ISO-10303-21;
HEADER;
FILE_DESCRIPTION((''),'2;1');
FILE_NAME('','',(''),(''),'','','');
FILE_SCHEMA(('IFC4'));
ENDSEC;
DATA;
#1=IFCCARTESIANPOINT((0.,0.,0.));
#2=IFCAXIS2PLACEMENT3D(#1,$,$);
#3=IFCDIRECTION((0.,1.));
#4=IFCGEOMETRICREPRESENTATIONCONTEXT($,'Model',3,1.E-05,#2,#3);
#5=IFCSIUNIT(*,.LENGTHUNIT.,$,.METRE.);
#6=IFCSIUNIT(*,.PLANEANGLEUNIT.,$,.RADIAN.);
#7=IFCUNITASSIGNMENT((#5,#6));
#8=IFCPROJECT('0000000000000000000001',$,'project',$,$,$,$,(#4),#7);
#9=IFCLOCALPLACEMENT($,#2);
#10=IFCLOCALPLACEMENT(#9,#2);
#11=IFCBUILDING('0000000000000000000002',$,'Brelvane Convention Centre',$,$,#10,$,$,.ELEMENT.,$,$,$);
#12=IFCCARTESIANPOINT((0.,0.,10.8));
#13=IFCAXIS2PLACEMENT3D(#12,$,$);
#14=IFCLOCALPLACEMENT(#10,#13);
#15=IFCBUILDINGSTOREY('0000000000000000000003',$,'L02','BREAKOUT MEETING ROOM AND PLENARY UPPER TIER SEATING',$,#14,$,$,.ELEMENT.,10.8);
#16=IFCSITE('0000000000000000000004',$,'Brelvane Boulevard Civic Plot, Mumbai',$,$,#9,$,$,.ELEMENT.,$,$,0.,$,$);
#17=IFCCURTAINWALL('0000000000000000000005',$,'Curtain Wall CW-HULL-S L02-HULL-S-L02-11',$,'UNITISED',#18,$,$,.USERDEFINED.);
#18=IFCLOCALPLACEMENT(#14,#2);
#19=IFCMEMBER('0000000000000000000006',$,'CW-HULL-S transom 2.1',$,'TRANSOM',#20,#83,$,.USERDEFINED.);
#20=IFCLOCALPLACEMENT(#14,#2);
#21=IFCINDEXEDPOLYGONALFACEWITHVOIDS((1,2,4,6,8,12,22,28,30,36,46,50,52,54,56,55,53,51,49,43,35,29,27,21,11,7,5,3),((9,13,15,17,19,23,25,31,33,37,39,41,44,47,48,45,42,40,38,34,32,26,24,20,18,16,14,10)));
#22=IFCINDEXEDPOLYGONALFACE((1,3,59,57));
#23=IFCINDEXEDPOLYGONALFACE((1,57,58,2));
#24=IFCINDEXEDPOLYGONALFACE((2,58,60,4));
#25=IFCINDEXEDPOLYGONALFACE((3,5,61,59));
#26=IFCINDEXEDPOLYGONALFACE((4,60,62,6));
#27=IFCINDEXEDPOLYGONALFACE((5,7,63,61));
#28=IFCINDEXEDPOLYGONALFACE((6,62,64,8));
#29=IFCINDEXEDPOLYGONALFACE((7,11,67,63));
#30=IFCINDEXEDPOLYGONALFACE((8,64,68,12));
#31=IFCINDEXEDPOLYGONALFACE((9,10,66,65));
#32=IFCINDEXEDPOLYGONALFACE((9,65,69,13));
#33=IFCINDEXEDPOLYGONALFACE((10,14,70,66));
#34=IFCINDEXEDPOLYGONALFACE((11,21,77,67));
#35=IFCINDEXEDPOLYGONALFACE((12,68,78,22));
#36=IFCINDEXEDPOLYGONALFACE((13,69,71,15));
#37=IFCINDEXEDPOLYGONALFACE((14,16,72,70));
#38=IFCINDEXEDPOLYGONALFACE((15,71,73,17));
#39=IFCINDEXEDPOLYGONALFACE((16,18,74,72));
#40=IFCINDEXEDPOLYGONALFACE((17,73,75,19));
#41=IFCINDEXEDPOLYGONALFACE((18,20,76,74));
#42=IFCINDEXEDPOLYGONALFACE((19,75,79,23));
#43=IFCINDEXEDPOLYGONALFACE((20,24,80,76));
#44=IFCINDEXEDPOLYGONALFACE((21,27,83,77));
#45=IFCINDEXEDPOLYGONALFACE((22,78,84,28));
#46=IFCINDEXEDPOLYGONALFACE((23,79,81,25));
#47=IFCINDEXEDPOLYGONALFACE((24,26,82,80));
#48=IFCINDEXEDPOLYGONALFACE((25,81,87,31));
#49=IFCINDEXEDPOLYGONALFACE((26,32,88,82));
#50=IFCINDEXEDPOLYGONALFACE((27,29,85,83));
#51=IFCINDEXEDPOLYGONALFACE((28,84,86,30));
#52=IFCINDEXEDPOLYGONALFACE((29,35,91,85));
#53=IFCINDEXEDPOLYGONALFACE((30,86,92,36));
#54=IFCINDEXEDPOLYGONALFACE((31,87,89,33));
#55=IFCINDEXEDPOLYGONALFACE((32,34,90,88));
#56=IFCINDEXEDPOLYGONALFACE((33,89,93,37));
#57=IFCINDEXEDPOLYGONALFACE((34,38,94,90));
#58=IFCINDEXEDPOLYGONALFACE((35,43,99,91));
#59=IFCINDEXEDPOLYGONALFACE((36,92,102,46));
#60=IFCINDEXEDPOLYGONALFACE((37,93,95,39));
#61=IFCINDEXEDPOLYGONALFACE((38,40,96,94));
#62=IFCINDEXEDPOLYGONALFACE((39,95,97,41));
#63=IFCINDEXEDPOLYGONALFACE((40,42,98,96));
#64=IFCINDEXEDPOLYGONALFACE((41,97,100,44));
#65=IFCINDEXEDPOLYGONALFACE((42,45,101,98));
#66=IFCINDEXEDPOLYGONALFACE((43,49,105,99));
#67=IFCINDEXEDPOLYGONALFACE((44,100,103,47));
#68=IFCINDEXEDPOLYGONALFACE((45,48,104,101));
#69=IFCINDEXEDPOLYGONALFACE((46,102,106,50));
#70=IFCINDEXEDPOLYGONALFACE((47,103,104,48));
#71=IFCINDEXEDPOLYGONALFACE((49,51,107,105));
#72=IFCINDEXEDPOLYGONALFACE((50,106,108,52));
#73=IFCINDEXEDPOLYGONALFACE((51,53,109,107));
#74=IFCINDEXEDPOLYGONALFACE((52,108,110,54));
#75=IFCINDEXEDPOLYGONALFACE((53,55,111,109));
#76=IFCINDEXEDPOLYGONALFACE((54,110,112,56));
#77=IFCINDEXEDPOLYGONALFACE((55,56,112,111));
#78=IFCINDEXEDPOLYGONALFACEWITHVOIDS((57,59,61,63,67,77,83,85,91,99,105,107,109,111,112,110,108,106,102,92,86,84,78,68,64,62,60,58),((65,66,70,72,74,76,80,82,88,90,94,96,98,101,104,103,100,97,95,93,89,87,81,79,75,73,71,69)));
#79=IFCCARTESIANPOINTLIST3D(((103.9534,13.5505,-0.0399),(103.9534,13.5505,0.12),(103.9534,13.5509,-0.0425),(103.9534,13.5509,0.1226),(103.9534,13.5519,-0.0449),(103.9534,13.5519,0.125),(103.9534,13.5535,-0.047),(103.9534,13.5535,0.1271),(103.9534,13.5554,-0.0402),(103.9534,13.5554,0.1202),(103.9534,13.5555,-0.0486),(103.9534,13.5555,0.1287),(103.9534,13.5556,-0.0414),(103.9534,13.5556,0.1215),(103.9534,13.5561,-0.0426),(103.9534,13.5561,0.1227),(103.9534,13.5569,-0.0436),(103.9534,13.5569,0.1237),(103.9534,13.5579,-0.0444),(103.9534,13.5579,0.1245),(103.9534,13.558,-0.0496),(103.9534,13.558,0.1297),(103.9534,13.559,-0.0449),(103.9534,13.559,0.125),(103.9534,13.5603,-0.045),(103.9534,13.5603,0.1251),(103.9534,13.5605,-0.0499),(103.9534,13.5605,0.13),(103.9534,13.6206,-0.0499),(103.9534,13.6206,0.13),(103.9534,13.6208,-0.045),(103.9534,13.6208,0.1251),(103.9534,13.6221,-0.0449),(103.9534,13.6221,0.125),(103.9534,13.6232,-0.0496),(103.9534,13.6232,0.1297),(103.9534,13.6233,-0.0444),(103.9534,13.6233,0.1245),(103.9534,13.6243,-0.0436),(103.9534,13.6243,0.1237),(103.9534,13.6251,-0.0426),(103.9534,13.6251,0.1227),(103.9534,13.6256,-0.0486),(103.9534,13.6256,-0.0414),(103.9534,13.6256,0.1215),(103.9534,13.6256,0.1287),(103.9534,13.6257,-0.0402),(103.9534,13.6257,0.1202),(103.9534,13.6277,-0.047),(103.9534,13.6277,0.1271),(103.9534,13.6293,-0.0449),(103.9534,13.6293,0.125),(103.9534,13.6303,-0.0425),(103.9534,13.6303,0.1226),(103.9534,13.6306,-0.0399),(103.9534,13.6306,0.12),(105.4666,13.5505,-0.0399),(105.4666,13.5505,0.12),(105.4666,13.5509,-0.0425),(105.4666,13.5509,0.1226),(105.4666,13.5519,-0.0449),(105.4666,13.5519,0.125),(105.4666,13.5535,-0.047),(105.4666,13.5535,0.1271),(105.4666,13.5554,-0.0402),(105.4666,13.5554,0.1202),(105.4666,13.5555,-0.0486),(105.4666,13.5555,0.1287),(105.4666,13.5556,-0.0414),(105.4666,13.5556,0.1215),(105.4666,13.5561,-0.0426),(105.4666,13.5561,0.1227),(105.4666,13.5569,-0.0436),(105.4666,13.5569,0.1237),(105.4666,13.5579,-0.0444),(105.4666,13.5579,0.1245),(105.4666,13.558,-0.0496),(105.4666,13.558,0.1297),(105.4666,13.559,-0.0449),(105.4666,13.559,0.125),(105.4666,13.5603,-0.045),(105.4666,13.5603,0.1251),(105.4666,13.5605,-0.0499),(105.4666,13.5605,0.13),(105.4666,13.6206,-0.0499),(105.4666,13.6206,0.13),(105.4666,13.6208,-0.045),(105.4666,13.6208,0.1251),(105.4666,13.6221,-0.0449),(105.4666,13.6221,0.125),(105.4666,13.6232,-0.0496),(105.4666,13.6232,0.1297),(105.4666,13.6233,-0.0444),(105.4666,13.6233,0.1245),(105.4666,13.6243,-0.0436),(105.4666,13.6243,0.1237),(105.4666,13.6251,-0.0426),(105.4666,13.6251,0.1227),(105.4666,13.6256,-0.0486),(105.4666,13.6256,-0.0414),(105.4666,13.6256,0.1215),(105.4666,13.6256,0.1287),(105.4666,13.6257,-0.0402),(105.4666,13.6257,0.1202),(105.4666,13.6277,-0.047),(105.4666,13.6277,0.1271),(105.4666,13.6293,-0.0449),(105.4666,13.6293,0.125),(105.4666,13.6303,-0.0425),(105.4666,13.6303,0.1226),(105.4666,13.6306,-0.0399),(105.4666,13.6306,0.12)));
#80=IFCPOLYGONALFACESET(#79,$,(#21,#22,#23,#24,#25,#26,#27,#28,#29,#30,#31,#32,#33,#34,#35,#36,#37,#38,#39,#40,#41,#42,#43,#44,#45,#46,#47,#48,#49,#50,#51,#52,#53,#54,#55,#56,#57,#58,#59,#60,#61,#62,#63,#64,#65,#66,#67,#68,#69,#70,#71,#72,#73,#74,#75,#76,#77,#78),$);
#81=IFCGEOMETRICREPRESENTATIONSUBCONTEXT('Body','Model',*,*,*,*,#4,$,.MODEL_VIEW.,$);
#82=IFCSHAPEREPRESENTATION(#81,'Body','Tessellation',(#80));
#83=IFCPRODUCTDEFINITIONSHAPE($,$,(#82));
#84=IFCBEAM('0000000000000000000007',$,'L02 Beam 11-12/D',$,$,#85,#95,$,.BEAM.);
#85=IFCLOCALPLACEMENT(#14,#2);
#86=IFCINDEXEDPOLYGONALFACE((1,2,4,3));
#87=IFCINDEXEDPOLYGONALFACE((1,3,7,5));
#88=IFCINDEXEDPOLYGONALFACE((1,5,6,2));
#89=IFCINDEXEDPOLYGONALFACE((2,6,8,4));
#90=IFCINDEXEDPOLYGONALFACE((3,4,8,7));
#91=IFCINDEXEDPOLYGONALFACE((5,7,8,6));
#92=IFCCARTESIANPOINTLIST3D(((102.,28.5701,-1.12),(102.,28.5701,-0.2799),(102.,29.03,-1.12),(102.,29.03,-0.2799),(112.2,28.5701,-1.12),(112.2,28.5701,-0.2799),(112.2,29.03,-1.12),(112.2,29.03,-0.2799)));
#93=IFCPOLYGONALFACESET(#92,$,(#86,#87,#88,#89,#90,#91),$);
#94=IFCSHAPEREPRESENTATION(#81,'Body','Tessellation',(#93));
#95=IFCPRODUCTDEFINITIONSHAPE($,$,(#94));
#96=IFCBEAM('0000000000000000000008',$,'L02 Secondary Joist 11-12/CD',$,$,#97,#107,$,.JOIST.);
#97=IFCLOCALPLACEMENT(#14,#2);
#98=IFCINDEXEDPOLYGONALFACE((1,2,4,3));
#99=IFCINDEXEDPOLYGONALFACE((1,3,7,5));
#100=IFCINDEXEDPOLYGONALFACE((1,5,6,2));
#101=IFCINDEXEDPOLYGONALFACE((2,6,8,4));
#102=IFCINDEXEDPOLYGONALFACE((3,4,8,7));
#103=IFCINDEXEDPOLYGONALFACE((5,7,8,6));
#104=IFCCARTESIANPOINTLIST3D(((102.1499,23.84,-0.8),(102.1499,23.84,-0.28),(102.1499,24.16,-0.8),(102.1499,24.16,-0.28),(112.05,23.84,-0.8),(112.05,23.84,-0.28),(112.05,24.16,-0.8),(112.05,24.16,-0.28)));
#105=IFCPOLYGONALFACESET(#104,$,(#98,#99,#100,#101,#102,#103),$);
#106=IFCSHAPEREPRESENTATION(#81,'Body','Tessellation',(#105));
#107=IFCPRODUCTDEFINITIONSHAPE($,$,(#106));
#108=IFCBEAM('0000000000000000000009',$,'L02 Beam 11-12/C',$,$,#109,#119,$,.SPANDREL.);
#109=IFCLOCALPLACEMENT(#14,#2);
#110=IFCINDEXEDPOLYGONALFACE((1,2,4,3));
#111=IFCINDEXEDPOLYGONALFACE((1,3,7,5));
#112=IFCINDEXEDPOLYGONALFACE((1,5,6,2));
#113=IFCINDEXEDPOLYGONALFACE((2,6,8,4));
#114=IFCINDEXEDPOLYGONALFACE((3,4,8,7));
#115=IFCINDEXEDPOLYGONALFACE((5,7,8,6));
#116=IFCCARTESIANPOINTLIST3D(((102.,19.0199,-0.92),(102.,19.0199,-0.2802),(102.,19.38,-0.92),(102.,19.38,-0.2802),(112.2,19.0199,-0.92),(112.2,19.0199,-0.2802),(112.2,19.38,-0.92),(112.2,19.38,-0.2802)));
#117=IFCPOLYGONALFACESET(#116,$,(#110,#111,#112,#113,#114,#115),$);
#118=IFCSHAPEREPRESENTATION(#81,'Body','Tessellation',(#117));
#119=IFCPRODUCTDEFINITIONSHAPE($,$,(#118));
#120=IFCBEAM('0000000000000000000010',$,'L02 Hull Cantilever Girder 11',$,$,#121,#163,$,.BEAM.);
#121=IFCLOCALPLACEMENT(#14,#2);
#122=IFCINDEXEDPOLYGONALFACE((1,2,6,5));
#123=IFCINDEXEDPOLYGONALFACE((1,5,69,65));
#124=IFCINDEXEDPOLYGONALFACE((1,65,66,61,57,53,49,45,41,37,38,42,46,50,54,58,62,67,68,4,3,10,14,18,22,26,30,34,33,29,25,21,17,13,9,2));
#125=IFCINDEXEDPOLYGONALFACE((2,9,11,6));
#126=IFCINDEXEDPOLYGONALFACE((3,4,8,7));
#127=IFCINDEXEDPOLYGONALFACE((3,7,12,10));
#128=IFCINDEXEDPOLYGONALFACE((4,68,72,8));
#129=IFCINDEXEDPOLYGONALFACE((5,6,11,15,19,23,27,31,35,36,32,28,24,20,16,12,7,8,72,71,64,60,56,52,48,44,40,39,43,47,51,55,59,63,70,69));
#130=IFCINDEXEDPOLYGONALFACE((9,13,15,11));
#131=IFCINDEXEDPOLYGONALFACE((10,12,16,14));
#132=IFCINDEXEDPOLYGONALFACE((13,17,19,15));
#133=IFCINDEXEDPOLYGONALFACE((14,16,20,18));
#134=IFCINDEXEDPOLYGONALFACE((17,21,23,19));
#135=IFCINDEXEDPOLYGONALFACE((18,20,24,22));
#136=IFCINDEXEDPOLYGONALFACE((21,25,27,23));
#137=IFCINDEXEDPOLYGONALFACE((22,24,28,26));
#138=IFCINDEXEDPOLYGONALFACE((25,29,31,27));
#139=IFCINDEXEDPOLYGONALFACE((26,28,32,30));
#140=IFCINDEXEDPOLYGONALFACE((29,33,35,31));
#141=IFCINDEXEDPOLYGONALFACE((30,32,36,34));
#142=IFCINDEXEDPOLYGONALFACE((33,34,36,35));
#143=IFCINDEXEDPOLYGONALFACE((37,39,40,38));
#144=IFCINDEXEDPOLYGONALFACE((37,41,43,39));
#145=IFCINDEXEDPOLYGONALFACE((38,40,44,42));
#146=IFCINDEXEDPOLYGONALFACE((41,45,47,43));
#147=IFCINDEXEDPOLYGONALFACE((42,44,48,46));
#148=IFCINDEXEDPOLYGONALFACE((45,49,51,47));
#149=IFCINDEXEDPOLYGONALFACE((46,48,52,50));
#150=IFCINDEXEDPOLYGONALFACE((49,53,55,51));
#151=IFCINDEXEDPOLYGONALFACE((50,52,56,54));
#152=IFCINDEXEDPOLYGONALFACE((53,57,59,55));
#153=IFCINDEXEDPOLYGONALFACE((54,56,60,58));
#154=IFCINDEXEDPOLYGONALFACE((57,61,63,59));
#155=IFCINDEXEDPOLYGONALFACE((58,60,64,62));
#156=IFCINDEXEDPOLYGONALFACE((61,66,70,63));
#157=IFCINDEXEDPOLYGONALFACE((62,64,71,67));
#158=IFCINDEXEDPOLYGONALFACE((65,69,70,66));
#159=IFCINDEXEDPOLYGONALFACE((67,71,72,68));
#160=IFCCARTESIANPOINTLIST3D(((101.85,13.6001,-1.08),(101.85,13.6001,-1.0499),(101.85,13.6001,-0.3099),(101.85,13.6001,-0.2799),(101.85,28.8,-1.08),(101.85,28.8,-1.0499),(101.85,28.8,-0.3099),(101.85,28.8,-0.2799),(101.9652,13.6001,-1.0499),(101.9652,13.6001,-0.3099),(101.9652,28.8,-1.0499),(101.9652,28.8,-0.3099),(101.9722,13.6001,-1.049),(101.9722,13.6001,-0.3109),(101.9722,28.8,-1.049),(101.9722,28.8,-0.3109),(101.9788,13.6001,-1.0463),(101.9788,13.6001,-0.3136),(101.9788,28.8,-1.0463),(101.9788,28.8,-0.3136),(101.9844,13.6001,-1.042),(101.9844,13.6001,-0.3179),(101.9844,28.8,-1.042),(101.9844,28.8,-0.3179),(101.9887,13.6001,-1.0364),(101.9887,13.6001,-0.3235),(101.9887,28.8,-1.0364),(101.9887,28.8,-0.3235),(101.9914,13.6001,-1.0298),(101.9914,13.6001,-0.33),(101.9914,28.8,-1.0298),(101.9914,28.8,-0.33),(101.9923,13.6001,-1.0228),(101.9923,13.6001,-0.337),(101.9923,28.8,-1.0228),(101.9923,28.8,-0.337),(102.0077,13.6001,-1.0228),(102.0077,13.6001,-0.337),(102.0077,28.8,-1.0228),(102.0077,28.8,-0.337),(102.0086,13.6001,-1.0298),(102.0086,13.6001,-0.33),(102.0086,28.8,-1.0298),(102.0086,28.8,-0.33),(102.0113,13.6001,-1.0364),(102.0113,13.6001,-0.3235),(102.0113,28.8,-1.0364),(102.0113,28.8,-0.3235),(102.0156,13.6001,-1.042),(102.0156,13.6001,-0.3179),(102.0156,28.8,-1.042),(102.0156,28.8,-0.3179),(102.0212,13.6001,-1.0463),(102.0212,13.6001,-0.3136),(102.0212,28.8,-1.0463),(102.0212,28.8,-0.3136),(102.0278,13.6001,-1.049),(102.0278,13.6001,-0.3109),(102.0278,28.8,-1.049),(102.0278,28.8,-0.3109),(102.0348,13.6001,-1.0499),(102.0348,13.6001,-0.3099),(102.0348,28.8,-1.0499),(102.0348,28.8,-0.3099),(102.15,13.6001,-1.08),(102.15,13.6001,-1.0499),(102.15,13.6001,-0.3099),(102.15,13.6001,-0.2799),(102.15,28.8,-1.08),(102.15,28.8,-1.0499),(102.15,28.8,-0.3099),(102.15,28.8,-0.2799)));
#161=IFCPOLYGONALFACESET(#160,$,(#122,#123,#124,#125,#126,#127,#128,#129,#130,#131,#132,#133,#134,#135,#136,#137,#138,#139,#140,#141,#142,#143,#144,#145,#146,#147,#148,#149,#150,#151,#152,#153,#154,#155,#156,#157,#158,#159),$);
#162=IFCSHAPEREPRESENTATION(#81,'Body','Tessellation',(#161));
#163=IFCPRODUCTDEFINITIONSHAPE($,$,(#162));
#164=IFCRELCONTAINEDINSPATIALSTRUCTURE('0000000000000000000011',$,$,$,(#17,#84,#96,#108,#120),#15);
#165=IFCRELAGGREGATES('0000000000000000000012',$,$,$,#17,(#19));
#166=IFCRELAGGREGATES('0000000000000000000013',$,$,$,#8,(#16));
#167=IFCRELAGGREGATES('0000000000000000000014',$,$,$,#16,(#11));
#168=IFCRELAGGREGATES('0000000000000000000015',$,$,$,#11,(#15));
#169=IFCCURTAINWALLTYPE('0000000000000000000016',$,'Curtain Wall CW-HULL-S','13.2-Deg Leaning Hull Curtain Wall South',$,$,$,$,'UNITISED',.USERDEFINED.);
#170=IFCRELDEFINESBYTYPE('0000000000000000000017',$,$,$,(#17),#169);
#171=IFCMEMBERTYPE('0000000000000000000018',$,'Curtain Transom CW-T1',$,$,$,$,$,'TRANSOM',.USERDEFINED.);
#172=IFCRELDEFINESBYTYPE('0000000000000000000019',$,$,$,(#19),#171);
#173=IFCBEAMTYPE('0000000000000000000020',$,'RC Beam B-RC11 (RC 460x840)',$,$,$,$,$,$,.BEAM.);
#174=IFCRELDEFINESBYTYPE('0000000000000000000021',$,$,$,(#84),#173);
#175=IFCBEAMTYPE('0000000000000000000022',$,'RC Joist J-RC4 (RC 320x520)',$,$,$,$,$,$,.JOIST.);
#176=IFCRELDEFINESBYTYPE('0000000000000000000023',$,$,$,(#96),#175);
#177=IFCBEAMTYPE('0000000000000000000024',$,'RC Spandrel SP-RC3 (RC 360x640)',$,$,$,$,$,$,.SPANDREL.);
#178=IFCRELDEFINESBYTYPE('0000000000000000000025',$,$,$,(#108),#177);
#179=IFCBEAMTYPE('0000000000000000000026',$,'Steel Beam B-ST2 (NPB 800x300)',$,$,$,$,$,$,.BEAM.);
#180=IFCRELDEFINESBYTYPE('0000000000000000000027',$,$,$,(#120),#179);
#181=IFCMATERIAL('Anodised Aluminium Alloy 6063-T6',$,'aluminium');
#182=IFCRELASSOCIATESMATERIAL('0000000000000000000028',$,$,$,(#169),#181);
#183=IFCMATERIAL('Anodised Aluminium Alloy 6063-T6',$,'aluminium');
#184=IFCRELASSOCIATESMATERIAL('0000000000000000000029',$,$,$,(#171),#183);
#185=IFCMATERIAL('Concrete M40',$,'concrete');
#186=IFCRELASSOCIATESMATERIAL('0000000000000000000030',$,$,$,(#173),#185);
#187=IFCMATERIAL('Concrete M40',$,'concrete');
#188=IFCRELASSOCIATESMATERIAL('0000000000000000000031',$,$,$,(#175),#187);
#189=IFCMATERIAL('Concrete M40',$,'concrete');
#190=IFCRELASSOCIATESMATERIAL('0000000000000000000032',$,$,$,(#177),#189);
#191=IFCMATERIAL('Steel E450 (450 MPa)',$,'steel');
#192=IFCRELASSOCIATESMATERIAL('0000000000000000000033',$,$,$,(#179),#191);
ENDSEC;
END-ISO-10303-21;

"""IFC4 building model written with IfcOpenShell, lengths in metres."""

from ifc_helpers import new_model, si_unit, direction, frame, origin, origin_2d, place, context, subcontext, project, spatial, rectangle, hollow_rectangle, i_section, extrude, material, material_profile, profile_set, type_object, element, aggregate, save


model = new_model("IFC4")

# Units and contexts
model_context = context("Model", 3, precision=1e-05, world=origin(), true_north=direction((0.0, 1.0)))
body_context = subcontext(model_context, "Body", "Model", "MODEL_VIEW")
ifc_project = project(units=[si_unit("LENGTHUNIT", "METRE"), si_unit("PLANEANGLEUNIT", "RADIAN")], contexts=[model_context])

# Site, building, storey
site_placement = place(None, origin())
site = spatial("IfcSite", under=ifc_project, at=site_placement, Name="Brelvane Boulevard Civic Plot, Mumbai", CompositionType="ELEMENT", RefElevation=0.0)
building_placement = place(site_placement, origin())
building = spatial("IfcBuilding", under=site, at=building_placement, Name="Brelvane Convention Centre", CompositionType="ELEMENT")
storey_placement = place(building_placement, frame((0.0, 0.0, 10.8)))
storey = spatial("IfcBuildingStorey", under=building, at=storey_placement, Name="L02", Description="BREAKOUT MEETING ROOM AND PLENARY UPPER TIER SEATING", CompositionType="ELEMENT", Elevation=10.8)

# Curtain wall
ifc_material_1 = material(Name="Anodised Aluminium Alloy 6063-T6", Category="aluminium")
curtain_wall_type = type_object("IfcCurtainWallType", Name="Curtain Wall CW-HULL-S", Description="13.2-Deg Leaning Hull Curtain Wall South", ElementType="UNITISED", PredefinedType="USERDEFINED", material=ifc_material_1)
curtain_wall_1_placement = place(storey_placement, origin())
curtain_wall_1 = element("IfcCurtainWall", 1, at=curtain_wall_1_placement, inside=storey, type_object=curtain_wall_type, Name="Curtain Wall CW-HULL-S L02-HULL-S-L02-11", ObjectType="UNITISED", PredefinedType="USERDEFINED")

# Member
ifc_material_2 = material(Name="Anodised Aluminium Alloy 6063-T6", Category="aluminium")
ifc_material_profile_1 = material_profile(ifc_material_2, hollow_rectangle(XDim=0.0801, YDim=0.1799, WallThickness=0.0049, InnerFilletRadius=0.0049, OuterFilletRadius=0.01, at=origin_2d()), Name="ALU-T 180x80x5.0")
ifc_profile_set_1 = profile_set([ifc_material_profile_1], Name="Anodised Aluminium Alloy 6063-T6")
member_type_1 = type_object("IfcMemberType", Name="Curtain Transom CW-T1", ElementType="TRANSOM", PredefinedType="USERDEFINED", material=ifc_profile_set_1)
member_1_placement = place(storey_placement, frame((103.9534, 13.5906, 0.04), z_axis=(1.0, 0.0, 0.0), x_axis=(0.0, 1.0, 0.0)))
member_1 = element("IfcMember", 2, at=member_1_placement, type_object=member_type_1, Name="CW-HULL-S transom 2.1", ObjectType="TRANSOM", PredefinedType="USERDEFINED", context=body_context, shape_type="SweptSolid", body=[
    extrude(hollow_rectangle(XDim=0.0801, YDim=0.1799, WallThickness=0.0049, InnerFilletRadius=0.0049, OuterFilletRadius=0.01, at=origin_2d()), origin(), (0.0, 0.0, 1.0), 1.5132),
])

# Beams
ifc_material_3 = material(Name="Concrete M40", Category="concrete")
ifc_material_profile_2 = material_profile(ifc_material_3, rectangle(XDim=0.46, YDim=0.8401, at=origin_2d()), Name="RC 460x840")
ifc_profile_set_2 = profile_set([ifc_material_profile_2], Name="Concrete M40")
beam_type_1 = type_object("IfcBeamType", Name="RC Beam B-RC11 (RC 460x840)", PredefinedType="BEAM", material=ifc_profile_set_2)
beam_1_placement = place(storey_placement, frame((102.0, 28.8, -0.7), z_axis=(1.0, 0.0, 0.0), x_axis=(0.0, 1.0, 0.0)))
element("IfcBeam", 3, at=beam_1_placement, inside=storey, type_object=beam_type_1, Name="L02 Beam 11-12/D", PredefinedType="BEAM", context=body_context, shape_type="SweptSolid", body=[
    extrude(rectangle(XDim=0.46, YDim=0.8401, at=origin_2d()), origin(), (0.0, 0.0, 1.0), 10.2),
])
ifc_material_4 = material(Name="Concrete M40", Category="concrete")
ifc_material_profile_3 = material_profile(ifc_material_4, rectangle(XDim=0.3201, YDim=0.52, at=origin_2d()), Name="RC 320x520")
ifc_profile_set_3 = profile_set([ifc_material_profile_3], Name="Concrete M40")
beam_type_2 = type_object("IfcBeamType", Name="RC Joist J-RC4 (RC 320x520)", PredefinedType="JOIST", material=ifc_profile_set_3)
beam_2_placement = place(storey_placement, frame((102.1499, 24.0, -0.54), z_axis=(1.0, 0.0, 0.0), x_axis=(0.0, 1.0, 0.0)))
element("IfcBeam", 4, at=beam_2_placement, inside=storey, type_object=beam_type_2, Name="L02 Secondary Joist 11-12/CD", PredefinedType="JOIST", context=body_context, shape_type="SweptSolid", body=[
    extrude(rectangle(XDim=0.3201, YDim=0.52, at=origin_2d()), origin(), (0.0, 0.0, 1.0), 9.9001),
])
ifc_material_5 = material(Name="Concrete M40", Category="concrete")
ifc_material_profile_4 = material_profile(ifc_material_5, rectangle(XDim=0.3601, YDim=0.6399, at=origin_2d()), Name="RC 360x640")
ifc_profile_set_4 = profile_set([ifc_material_profile_4], Name="Concrete M40")
beam_type_3 = type_object("IfcBeamType", Name="RC Spandrel SP-RC3 (RC 360x640)", PredefinedType="SPANDREL", material=ifc_profile_set_4)
beam_3_placement = place(storey_placement, frame((102.0, 19.2, -0.6001), z_axis=(1.0, 0.0, 0.0), x_axis=(0.0, 1.0, 0.0)))
element("IfcBeam", 5, at=beam_3_placement, inside=storey, type_object=beam_type_3, Name="L02 Beam 11-12/C", PredefinedType="SPANDREL", context=body_context, shape_type="SweptSolid", body=[
    extrude(rectangle(XDim=0.3601, YDim=0.6399, at=origin_2d()), origin(), (0.0, 0.0, 1.0), 10.2),
])
ifc_material_6 = material(Name="Steel E450 (450 MPa)", Category="steel")
ifc_material_profile_5 = material_profile(ifc_material_6, i_section(OverallWidth=0.3, OverallDepth=0.8, WebThickness=0.0154, FlangeThickness=0.03, FilletRadius=0.0271, at=origin_2d()), Name="NPB 800x300")
ifc_profile_set_5 = profile_set([ifc_material_profile_5], Name="Steel E450 (450 MPa)")
beam_type_4 = type_object("IfcBeamType", Name="Steel Beam B-ST2 (NPB 800x300)", PredefinedType="BEAM", material=ifc_profile_set_5)
beam_4_placement = place(storey_placement, frame((102.0, 13.6001, -0.6799), z_axis=(0.0, 1.0, 0.0), x_axis=(-1.0, 0.0, 0.0)))
element("IfcBeam", 6, at=beam_4_placement, inside=storey, type_object=beam_type_4, Name="L02 Hull Cantilever Girder 11", PredefinedType="BEAM", context=body_context, shape_type="SweptSolid", body=[
    extrude(i_section(OverallWidth=0.3, OverallDepth=0.8, WebThickness=0.0154, FlangeThickness=0.03, FilletRadius=0.0271, at=origin_2d()), origin(), (0.0, 0.0, 1.0), 15.2),
])

aggregate(curtain_wall_1, [member_1])

save(model, "model.ifc")
